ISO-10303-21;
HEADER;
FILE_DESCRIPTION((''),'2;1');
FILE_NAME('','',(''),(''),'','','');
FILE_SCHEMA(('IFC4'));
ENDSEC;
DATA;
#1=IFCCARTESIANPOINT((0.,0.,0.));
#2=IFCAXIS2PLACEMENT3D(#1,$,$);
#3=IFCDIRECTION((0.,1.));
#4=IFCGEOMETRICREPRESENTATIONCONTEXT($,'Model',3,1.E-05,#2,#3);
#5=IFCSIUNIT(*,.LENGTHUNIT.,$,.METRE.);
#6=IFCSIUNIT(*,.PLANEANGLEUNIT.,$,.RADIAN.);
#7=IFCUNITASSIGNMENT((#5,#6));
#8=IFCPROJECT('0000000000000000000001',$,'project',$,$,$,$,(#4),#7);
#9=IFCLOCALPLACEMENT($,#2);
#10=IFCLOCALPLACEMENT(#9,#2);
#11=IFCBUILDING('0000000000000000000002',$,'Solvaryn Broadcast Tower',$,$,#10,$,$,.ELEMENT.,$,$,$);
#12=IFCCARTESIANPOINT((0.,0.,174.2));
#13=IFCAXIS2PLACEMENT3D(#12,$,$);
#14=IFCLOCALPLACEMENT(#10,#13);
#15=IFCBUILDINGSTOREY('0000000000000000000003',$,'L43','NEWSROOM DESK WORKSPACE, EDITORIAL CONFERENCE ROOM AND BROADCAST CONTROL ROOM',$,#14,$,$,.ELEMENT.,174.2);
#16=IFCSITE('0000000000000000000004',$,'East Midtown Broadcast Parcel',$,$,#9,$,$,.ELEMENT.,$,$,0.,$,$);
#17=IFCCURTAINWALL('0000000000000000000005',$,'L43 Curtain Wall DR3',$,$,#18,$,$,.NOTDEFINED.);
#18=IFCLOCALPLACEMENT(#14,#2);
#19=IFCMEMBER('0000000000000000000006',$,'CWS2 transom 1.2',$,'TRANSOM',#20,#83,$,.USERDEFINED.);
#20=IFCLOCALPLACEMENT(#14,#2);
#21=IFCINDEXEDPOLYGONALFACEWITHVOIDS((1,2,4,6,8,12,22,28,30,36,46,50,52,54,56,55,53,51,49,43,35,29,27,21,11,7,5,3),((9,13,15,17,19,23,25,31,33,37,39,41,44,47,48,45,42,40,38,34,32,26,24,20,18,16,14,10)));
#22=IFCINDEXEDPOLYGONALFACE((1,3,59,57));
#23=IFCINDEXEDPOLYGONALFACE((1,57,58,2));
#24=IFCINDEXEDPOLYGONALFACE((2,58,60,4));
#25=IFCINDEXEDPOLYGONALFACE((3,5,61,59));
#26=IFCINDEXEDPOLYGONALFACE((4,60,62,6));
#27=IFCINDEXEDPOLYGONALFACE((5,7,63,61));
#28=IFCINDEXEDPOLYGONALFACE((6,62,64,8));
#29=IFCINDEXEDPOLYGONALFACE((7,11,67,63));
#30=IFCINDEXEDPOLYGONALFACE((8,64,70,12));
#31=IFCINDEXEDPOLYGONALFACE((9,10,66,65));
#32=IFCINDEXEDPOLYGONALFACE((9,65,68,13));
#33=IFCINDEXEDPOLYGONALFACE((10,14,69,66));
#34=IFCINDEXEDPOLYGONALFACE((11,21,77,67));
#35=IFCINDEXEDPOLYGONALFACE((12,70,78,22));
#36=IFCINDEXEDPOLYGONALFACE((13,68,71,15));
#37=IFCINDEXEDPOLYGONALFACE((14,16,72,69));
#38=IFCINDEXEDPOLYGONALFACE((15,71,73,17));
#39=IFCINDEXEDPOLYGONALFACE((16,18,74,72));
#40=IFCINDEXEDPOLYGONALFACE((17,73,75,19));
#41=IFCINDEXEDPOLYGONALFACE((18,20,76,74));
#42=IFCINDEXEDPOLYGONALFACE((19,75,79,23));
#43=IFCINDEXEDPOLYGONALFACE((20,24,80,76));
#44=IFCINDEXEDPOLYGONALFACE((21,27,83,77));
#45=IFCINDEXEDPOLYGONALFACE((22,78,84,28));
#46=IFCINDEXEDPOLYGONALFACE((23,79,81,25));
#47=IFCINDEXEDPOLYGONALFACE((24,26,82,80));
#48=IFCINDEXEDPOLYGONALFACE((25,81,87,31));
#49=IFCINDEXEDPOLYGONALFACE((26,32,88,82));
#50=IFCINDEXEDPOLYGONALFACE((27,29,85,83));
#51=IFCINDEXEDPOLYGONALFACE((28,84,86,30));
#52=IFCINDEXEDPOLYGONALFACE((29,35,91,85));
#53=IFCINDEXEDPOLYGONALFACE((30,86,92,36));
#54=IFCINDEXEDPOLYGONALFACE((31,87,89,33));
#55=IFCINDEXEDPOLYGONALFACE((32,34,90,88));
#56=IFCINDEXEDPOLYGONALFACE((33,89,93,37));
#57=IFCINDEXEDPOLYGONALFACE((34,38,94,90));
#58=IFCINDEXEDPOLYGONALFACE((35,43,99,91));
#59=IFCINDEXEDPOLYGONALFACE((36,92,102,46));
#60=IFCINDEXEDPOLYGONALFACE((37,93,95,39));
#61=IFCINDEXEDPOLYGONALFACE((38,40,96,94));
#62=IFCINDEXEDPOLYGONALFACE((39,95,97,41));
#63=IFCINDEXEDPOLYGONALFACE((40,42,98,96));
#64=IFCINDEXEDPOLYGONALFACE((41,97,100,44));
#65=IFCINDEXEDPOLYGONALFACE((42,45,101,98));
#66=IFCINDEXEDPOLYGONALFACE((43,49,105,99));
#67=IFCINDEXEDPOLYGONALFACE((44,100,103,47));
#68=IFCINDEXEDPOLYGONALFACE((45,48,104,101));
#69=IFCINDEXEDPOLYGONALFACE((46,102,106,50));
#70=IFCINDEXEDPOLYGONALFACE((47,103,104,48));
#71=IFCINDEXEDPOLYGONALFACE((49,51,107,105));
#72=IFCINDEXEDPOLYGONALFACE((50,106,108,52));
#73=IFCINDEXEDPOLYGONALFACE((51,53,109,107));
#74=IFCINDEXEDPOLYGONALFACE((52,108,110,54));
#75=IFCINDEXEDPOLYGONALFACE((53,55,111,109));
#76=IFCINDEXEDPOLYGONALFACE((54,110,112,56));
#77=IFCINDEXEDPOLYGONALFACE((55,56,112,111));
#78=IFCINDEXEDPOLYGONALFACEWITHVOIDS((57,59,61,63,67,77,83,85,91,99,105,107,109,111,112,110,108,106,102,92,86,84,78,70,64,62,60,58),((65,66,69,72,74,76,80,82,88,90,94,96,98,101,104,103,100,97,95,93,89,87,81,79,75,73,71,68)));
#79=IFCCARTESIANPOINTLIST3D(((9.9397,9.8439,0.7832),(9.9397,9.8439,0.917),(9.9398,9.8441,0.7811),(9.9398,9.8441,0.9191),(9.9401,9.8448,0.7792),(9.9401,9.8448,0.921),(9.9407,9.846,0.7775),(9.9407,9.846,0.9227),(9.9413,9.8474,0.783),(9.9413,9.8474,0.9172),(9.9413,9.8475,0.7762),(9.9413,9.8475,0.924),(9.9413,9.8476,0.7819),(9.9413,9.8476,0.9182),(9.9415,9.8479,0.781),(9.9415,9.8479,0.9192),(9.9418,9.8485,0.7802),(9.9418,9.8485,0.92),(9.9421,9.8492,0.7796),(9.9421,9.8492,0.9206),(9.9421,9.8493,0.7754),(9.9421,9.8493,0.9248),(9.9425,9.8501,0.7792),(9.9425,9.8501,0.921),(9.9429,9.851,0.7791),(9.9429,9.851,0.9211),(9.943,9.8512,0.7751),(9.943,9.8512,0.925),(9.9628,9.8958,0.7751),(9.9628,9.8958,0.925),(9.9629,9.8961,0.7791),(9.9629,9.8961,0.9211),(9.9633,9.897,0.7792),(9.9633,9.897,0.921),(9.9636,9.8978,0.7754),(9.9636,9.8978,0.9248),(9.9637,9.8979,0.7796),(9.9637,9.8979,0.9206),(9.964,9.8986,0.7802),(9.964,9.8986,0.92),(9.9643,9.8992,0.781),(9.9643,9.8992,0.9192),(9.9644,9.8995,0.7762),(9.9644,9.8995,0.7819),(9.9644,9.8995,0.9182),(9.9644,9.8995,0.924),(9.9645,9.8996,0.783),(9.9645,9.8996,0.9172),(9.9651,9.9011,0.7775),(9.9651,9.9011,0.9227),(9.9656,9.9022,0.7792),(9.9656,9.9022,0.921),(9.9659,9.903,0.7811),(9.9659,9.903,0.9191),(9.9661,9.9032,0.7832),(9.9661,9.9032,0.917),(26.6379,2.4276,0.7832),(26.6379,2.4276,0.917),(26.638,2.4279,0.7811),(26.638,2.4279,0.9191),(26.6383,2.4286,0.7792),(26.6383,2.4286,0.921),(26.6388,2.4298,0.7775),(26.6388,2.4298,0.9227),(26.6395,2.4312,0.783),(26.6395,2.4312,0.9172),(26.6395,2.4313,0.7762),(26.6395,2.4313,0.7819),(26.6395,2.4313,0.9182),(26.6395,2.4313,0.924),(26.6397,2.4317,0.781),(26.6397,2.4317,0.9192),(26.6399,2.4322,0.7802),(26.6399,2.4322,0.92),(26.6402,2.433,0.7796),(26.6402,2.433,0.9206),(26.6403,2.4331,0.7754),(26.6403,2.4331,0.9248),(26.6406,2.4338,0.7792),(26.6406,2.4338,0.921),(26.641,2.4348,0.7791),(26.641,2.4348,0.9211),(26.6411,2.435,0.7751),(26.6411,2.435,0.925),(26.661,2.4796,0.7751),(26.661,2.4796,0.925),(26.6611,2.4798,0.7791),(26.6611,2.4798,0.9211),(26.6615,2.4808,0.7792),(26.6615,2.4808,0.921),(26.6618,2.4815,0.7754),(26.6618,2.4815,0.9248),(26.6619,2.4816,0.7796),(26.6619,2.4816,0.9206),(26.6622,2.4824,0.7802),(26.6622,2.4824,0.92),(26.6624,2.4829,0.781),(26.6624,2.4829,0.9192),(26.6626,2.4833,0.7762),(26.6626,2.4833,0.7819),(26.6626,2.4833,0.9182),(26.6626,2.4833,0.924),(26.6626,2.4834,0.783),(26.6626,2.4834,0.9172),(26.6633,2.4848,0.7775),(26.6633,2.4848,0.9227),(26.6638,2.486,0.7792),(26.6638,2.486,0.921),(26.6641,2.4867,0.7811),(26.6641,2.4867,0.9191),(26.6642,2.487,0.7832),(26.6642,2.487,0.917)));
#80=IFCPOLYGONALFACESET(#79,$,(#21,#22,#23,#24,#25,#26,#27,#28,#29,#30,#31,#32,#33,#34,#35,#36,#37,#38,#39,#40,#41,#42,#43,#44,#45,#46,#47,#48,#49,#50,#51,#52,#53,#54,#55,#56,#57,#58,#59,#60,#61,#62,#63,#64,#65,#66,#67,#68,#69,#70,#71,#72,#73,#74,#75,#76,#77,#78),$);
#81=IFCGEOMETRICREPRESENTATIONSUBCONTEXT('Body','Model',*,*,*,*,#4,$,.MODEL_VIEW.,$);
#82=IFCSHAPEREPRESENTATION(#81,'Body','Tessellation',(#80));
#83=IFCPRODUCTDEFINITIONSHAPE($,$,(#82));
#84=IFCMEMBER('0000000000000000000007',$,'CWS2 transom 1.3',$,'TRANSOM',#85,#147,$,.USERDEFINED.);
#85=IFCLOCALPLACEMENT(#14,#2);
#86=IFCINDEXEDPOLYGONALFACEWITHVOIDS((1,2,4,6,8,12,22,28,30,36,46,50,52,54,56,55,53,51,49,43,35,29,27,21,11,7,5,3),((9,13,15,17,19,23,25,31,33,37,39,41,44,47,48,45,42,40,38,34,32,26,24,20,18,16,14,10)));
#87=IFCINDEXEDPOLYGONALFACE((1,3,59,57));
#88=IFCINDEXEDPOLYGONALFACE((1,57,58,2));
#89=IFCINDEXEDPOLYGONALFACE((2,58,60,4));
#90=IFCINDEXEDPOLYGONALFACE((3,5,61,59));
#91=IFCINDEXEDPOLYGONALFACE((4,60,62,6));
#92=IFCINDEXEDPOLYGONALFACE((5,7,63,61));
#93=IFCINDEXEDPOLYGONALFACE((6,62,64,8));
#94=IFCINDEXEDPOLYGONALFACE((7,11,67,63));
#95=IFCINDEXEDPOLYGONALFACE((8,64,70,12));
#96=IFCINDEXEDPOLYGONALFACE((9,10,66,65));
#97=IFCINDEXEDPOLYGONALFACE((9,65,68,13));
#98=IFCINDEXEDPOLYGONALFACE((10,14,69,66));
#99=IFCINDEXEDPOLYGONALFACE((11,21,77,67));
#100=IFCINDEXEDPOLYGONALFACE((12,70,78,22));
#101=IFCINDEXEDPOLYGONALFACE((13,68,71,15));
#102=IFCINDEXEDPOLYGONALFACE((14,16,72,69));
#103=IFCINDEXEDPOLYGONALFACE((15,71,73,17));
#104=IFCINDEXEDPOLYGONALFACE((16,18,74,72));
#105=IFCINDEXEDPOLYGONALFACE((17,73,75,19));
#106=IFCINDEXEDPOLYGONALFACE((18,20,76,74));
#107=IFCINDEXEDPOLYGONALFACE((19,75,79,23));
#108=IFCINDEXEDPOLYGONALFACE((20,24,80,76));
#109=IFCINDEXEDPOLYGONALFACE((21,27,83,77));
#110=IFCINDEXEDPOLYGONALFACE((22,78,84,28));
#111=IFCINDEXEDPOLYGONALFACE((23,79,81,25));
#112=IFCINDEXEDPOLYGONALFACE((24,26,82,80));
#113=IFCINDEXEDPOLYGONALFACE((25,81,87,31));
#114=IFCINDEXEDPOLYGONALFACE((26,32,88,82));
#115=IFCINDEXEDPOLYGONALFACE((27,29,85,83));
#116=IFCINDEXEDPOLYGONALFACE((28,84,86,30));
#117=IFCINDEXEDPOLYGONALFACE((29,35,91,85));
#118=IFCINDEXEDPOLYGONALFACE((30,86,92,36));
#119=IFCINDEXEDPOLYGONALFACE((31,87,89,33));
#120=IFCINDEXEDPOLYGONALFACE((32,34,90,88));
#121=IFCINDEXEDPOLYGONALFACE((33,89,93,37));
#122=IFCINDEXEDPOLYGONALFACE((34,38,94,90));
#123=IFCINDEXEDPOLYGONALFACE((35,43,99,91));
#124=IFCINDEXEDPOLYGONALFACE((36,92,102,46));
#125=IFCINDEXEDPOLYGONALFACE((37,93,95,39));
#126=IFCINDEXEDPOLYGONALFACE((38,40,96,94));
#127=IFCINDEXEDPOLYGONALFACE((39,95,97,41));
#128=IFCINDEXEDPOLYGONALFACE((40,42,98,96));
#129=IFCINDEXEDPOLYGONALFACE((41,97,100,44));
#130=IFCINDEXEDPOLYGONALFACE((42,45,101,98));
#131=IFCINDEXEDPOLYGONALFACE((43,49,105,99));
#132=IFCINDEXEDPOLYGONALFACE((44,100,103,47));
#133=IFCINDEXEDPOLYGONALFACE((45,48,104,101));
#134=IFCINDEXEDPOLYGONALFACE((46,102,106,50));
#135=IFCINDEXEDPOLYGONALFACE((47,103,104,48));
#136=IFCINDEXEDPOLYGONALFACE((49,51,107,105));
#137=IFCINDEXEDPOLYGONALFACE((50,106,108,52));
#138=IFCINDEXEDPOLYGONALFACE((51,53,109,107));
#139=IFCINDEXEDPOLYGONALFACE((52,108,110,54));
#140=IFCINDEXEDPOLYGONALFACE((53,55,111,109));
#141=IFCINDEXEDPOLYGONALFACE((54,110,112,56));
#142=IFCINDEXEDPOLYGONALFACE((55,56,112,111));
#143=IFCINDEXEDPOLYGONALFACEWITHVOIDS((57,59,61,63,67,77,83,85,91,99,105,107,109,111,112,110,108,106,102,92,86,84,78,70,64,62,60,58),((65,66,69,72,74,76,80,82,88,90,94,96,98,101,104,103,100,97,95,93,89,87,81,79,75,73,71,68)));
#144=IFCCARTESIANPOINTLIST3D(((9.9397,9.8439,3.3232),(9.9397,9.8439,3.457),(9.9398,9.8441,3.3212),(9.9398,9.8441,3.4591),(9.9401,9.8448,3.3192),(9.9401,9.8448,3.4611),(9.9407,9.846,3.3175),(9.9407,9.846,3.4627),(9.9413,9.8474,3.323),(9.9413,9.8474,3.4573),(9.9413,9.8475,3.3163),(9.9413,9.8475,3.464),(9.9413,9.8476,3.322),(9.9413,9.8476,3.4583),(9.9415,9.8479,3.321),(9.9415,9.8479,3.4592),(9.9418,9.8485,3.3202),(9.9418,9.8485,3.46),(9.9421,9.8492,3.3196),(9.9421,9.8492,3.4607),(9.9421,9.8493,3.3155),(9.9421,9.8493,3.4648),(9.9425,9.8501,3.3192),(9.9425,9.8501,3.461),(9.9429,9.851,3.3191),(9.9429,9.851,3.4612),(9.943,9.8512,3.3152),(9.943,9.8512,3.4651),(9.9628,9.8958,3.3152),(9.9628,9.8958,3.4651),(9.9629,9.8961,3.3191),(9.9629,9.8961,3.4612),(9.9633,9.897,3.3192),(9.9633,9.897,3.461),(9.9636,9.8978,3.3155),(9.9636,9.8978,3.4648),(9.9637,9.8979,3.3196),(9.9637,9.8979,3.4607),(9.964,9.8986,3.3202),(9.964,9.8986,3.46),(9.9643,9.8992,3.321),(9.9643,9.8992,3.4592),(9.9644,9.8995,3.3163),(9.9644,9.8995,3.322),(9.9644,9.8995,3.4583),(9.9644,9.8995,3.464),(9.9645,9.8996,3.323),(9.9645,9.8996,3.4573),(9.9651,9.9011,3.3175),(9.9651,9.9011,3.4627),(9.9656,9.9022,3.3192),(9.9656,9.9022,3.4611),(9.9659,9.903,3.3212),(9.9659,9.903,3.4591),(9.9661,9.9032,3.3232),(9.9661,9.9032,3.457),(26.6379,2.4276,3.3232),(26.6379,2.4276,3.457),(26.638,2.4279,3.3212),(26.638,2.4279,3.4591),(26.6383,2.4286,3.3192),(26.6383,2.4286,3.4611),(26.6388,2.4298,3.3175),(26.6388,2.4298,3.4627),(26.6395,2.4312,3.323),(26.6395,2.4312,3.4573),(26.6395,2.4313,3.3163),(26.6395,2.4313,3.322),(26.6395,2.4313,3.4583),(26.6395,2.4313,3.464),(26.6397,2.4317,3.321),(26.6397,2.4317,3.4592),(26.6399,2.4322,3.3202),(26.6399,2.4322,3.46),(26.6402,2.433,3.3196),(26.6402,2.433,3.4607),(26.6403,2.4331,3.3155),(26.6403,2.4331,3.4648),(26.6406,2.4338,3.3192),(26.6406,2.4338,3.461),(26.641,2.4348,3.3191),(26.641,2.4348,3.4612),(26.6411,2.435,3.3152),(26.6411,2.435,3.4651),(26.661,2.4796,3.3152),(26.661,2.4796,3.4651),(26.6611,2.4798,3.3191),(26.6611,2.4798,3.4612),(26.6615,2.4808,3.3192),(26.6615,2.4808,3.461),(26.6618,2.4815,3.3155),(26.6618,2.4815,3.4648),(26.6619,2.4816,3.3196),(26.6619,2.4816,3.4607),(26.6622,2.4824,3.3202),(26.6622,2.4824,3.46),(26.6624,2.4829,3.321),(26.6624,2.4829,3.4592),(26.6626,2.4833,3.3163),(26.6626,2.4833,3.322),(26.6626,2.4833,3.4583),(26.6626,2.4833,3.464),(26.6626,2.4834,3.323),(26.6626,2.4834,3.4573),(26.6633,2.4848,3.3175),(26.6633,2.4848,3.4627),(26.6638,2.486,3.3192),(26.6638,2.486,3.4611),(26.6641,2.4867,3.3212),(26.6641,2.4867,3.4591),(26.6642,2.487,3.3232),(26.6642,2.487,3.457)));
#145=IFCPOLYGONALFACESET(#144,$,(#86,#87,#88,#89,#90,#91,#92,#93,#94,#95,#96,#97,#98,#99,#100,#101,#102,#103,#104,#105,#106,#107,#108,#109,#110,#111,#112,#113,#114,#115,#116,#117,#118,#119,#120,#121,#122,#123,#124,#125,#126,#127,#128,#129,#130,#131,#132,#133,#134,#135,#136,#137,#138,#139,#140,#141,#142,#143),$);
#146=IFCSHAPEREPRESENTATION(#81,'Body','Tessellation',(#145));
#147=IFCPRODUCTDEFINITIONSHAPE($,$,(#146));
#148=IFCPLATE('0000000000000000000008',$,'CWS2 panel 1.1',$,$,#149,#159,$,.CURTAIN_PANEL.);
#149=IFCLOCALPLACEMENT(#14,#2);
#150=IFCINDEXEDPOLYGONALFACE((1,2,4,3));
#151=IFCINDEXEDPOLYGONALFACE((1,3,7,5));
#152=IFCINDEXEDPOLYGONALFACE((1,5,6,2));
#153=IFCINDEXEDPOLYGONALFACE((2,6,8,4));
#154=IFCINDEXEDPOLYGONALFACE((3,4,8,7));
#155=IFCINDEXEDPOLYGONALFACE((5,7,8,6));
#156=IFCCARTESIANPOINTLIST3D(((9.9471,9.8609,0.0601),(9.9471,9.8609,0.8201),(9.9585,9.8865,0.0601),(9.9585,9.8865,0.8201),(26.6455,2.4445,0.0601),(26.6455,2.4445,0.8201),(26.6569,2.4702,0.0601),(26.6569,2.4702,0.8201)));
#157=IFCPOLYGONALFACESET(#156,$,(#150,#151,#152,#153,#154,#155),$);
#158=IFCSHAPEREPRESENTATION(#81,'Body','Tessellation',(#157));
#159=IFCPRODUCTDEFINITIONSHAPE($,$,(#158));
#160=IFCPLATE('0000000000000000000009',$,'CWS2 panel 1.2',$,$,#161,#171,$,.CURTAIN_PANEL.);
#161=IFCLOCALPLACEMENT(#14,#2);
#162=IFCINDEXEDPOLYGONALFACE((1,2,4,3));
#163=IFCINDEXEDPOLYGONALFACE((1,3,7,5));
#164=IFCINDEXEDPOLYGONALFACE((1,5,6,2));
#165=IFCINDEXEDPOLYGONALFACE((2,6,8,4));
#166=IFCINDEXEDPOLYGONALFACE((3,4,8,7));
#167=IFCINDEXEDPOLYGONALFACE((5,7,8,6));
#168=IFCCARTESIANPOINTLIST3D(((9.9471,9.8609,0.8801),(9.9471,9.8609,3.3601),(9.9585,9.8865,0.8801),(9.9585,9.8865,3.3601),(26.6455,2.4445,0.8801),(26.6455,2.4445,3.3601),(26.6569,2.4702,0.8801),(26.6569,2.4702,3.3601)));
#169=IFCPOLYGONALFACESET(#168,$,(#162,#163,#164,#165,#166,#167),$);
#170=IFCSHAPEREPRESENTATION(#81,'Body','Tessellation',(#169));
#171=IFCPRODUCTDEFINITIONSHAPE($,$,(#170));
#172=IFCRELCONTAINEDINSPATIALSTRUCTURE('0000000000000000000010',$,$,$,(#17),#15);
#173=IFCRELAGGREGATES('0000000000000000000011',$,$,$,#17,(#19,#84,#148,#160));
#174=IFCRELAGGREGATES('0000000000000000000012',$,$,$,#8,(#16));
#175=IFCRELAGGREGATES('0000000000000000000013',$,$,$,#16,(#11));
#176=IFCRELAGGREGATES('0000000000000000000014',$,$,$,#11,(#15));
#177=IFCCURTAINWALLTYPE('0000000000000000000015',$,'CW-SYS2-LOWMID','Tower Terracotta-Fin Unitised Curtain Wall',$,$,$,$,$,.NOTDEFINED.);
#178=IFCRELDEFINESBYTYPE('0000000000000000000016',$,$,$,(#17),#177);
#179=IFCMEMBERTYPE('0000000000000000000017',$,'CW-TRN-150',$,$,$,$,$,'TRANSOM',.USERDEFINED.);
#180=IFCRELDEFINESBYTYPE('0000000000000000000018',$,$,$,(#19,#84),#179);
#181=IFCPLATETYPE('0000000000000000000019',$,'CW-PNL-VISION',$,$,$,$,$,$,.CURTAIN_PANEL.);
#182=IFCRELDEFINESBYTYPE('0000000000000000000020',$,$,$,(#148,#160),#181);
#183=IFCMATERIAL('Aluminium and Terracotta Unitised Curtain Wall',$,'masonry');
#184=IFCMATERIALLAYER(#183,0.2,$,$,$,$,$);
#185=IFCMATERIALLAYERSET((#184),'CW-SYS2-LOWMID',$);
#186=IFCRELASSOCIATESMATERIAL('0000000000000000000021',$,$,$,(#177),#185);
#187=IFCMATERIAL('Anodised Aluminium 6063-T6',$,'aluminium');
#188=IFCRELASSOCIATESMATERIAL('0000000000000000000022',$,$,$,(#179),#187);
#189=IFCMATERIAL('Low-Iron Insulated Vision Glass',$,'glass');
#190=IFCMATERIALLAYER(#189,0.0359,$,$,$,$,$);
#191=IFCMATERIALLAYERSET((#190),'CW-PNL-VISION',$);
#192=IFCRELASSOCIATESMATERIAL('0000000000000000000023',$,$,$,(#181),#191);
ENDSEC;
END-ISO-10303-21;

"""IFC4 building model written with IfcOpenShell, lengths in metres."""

from ifc_helpers import new_model, si_unit, direction, frame, origin, origin_2d, place, context, subcontext, project, spatial, rectangle, hollow_rectangle, extrude, material, layer, layer_set, material_profile, profile_set, type_object, element, aggregate, save


model = new_model("IFC4")

# Units and contexts
model_context = context("Model", 3, precision=1e-05, world=origin(), true_north=direction((0.0, 1.0)))
body_context = subcontext(model_context, "Body", "Model", "MODEL_VIEW")
ifc_project = project(units=[si_unit("LENGTHUNIT", "METRE"), si_unit("PLANEANGLEUNIT", "RADIAN")], contexts=[model_context])

# Site, building, storey
site_placement = place(None, origin())
site = spatial("IfcSite", under=ifc_project, at=site_placement, Name="East Midtown Broadcast Parcel", CompositionType="ELEMENT", RefElevation=0.0)
building_placement = place(site_placement, origin())
building = spatial("IfcBuilding", under=site, at=building_placement, Name="Solvaryn Broadcast Tower", CompositionType="ELEMENT")
storey_placement = place(building_placement, frame((0.0, 0.0, 174.2)))
storey = spatial("IfcBuildingStorey", under=building, at=storey_placement, Name="L43", Description="NEWSROOM DESK WORKSPACE, EDITORIAL CONFERENCE ROOM AND BROADCAST CONTROL ROOM", CompositionType="ELEMENT", Elevation=174.2)

# Curtain wall, members, plates
ifc_material_1 = material(Name="Aluminium and Terracotta Unitised Curtain Wall", Category="masonry")
ifc_layer_1 = layer(ifc_material_1, 0.2)
ifc_layer_set_1 = layer_set([ifc_layer_1], Name="CW-SYS2-LOWMID")
curtain_wall_type = type_object("IfcCurtainWallType", Name="CW-SYS2-LOWMID", Description="Tower Terracotta-Fin Unitised Curtain Wall", PredefinedType="NOTDEFINED", material=ifc_layer_set_1)
curtain_wall_placement = place(storey_placement, origin())
curtain_wall = element("IfcCurtainWall", 1, at=curtain_wall_placement, inside=storey, type_object=curtain_wall_type, Name="L43 Curtain Wall DR3", PredefinedType="NOTDEFINED")
ifc_material_2 = material(Name="Anodised Aluminium 6063-T6", Category="aluminium")
ifc_material_profile_1 = material_profile(ifc_material_2, hollow_rectangle(XDim=0.0649, YDim=0.1499, WallThickness=0.0039, InnerFilletRadius=0.0039, OuterFilletRadius=0.0081, at=origin_2d()))
ifc_profile_set_1 = profile_set([ifc_material_profile_1], Name="Anodised Aluminium 6063-T6")
member_type_1 = type_object("IfcMemberType", Name="CW-TRN-150", ElementType="TRANSOM", PredefinedType="USERDEFINED", material=ifc_profile_set_1)
member_1_placement = place(storey_placement, frame((9.9529, 9.8735, 0.8501), z_axis=(0.913917, -0.405902, 0.0), x_axis=(0.405902, 0.913917, 0.0)))
member_1 = element("IfcMember", 2, at=member_1_placement, type_object=member_type_1, Name="CWS2 transom 1.2", ObjectType="TRANSOM", PredefinedType="USERDEFINED", context=body_context, shape_type="SweptSolid", body=[
    extrude(hollow_rectangle(XDim=0.0649, YDim=0.1499, WallThickness=0.0039, InnerFilletRadius=0.0039, OuterFilletRadius=0.0081, at=origin_2d()), origin(), (0.0, 0.0, 1.0), 18.271),
])
member_2_placement = place(storey_placement, frame((9.9529, 9.8735, 3.3901), z_axis=(0.913917, -0.405902, 0.0), x_axis=(0.405902, 0.913917, 0.0)))
member_2 = element("IfcMember", 3, at=member_2_placement, type_object=member_type_1, Name="CWS2 transom 1.3", ObjectType="TRANSOM", PredefinedType="USERDEFINED", context=body_context, shape_type="SweptSolid", body=[
    extrude(hollow_rectangle(XDim=0.0649, YDim=0.1499, WallThickness=0.0039, InnerFilletRadius=0.0039, OuterFilletRadius=0.0081, at=origin_2d()), origin(), (0.0, 0.0, 1.0), 18.271),
])
ifc_material_3 = material(Name="Low-Iron Insulated Vision Glass", Category="glass")
ifc_layer_2 = layer(ifc_material_3, 0.0359)
ifc_layer_set_2 = layer_set([ifc_layer_2], Name="CW-PNL-VISION")
plate_type = type_object("IfcPlateType", Name="CW-PNL-VISION", PredefinedType="CURTAIN_PANEL", material=ifc_layer_set_2)
plate_1_placement = place(storey_placement, frame((18.302, 6.1655, 0.0601), z_axis=(0.0, 0.0, 1.0), x_axis=(0.913917, -0.405901, 0.0)))
plate_1 = element("IfcPlate", 4, at=plate_1_placement, type_object=plate_type, Name="CWS2 panel 1.1", PredefinedType="CURTAIN_PANEL", context=body_context, shape_type="SweptSolid", body=[
    extrude(rectangle(XDim=18.2712, YDim=0.0281, at=origin_2d()), origin(), (0.0, 0.0, 1.0), 0.76),
])
plate_2_placement = place(storey_placement, frame((18.302, 6.1655, 0.8801), z_axis=(0.0, 0.0, 1.0), x_axis=(0.913917, -0.405901, 0.0)))
plate_2 = element("IfcPlate", 5, at=plate_2_placement, type_object=plate_type, Name="CWS2 panel 1.2", PredefinedType="CURTAIN_PANEL", context=body_context, shape_type="SweptSolid", body=[
    extrude(rectangle(XDim=18.2712, YDim=0.0281, at=origin_2d()), origin(), (0.0, 0.0, 1.0), 2.48),
])
aggregate(curtain_wall, [member_1, member_2, plate_1, plate_2])

save(model, "model.ifc")
